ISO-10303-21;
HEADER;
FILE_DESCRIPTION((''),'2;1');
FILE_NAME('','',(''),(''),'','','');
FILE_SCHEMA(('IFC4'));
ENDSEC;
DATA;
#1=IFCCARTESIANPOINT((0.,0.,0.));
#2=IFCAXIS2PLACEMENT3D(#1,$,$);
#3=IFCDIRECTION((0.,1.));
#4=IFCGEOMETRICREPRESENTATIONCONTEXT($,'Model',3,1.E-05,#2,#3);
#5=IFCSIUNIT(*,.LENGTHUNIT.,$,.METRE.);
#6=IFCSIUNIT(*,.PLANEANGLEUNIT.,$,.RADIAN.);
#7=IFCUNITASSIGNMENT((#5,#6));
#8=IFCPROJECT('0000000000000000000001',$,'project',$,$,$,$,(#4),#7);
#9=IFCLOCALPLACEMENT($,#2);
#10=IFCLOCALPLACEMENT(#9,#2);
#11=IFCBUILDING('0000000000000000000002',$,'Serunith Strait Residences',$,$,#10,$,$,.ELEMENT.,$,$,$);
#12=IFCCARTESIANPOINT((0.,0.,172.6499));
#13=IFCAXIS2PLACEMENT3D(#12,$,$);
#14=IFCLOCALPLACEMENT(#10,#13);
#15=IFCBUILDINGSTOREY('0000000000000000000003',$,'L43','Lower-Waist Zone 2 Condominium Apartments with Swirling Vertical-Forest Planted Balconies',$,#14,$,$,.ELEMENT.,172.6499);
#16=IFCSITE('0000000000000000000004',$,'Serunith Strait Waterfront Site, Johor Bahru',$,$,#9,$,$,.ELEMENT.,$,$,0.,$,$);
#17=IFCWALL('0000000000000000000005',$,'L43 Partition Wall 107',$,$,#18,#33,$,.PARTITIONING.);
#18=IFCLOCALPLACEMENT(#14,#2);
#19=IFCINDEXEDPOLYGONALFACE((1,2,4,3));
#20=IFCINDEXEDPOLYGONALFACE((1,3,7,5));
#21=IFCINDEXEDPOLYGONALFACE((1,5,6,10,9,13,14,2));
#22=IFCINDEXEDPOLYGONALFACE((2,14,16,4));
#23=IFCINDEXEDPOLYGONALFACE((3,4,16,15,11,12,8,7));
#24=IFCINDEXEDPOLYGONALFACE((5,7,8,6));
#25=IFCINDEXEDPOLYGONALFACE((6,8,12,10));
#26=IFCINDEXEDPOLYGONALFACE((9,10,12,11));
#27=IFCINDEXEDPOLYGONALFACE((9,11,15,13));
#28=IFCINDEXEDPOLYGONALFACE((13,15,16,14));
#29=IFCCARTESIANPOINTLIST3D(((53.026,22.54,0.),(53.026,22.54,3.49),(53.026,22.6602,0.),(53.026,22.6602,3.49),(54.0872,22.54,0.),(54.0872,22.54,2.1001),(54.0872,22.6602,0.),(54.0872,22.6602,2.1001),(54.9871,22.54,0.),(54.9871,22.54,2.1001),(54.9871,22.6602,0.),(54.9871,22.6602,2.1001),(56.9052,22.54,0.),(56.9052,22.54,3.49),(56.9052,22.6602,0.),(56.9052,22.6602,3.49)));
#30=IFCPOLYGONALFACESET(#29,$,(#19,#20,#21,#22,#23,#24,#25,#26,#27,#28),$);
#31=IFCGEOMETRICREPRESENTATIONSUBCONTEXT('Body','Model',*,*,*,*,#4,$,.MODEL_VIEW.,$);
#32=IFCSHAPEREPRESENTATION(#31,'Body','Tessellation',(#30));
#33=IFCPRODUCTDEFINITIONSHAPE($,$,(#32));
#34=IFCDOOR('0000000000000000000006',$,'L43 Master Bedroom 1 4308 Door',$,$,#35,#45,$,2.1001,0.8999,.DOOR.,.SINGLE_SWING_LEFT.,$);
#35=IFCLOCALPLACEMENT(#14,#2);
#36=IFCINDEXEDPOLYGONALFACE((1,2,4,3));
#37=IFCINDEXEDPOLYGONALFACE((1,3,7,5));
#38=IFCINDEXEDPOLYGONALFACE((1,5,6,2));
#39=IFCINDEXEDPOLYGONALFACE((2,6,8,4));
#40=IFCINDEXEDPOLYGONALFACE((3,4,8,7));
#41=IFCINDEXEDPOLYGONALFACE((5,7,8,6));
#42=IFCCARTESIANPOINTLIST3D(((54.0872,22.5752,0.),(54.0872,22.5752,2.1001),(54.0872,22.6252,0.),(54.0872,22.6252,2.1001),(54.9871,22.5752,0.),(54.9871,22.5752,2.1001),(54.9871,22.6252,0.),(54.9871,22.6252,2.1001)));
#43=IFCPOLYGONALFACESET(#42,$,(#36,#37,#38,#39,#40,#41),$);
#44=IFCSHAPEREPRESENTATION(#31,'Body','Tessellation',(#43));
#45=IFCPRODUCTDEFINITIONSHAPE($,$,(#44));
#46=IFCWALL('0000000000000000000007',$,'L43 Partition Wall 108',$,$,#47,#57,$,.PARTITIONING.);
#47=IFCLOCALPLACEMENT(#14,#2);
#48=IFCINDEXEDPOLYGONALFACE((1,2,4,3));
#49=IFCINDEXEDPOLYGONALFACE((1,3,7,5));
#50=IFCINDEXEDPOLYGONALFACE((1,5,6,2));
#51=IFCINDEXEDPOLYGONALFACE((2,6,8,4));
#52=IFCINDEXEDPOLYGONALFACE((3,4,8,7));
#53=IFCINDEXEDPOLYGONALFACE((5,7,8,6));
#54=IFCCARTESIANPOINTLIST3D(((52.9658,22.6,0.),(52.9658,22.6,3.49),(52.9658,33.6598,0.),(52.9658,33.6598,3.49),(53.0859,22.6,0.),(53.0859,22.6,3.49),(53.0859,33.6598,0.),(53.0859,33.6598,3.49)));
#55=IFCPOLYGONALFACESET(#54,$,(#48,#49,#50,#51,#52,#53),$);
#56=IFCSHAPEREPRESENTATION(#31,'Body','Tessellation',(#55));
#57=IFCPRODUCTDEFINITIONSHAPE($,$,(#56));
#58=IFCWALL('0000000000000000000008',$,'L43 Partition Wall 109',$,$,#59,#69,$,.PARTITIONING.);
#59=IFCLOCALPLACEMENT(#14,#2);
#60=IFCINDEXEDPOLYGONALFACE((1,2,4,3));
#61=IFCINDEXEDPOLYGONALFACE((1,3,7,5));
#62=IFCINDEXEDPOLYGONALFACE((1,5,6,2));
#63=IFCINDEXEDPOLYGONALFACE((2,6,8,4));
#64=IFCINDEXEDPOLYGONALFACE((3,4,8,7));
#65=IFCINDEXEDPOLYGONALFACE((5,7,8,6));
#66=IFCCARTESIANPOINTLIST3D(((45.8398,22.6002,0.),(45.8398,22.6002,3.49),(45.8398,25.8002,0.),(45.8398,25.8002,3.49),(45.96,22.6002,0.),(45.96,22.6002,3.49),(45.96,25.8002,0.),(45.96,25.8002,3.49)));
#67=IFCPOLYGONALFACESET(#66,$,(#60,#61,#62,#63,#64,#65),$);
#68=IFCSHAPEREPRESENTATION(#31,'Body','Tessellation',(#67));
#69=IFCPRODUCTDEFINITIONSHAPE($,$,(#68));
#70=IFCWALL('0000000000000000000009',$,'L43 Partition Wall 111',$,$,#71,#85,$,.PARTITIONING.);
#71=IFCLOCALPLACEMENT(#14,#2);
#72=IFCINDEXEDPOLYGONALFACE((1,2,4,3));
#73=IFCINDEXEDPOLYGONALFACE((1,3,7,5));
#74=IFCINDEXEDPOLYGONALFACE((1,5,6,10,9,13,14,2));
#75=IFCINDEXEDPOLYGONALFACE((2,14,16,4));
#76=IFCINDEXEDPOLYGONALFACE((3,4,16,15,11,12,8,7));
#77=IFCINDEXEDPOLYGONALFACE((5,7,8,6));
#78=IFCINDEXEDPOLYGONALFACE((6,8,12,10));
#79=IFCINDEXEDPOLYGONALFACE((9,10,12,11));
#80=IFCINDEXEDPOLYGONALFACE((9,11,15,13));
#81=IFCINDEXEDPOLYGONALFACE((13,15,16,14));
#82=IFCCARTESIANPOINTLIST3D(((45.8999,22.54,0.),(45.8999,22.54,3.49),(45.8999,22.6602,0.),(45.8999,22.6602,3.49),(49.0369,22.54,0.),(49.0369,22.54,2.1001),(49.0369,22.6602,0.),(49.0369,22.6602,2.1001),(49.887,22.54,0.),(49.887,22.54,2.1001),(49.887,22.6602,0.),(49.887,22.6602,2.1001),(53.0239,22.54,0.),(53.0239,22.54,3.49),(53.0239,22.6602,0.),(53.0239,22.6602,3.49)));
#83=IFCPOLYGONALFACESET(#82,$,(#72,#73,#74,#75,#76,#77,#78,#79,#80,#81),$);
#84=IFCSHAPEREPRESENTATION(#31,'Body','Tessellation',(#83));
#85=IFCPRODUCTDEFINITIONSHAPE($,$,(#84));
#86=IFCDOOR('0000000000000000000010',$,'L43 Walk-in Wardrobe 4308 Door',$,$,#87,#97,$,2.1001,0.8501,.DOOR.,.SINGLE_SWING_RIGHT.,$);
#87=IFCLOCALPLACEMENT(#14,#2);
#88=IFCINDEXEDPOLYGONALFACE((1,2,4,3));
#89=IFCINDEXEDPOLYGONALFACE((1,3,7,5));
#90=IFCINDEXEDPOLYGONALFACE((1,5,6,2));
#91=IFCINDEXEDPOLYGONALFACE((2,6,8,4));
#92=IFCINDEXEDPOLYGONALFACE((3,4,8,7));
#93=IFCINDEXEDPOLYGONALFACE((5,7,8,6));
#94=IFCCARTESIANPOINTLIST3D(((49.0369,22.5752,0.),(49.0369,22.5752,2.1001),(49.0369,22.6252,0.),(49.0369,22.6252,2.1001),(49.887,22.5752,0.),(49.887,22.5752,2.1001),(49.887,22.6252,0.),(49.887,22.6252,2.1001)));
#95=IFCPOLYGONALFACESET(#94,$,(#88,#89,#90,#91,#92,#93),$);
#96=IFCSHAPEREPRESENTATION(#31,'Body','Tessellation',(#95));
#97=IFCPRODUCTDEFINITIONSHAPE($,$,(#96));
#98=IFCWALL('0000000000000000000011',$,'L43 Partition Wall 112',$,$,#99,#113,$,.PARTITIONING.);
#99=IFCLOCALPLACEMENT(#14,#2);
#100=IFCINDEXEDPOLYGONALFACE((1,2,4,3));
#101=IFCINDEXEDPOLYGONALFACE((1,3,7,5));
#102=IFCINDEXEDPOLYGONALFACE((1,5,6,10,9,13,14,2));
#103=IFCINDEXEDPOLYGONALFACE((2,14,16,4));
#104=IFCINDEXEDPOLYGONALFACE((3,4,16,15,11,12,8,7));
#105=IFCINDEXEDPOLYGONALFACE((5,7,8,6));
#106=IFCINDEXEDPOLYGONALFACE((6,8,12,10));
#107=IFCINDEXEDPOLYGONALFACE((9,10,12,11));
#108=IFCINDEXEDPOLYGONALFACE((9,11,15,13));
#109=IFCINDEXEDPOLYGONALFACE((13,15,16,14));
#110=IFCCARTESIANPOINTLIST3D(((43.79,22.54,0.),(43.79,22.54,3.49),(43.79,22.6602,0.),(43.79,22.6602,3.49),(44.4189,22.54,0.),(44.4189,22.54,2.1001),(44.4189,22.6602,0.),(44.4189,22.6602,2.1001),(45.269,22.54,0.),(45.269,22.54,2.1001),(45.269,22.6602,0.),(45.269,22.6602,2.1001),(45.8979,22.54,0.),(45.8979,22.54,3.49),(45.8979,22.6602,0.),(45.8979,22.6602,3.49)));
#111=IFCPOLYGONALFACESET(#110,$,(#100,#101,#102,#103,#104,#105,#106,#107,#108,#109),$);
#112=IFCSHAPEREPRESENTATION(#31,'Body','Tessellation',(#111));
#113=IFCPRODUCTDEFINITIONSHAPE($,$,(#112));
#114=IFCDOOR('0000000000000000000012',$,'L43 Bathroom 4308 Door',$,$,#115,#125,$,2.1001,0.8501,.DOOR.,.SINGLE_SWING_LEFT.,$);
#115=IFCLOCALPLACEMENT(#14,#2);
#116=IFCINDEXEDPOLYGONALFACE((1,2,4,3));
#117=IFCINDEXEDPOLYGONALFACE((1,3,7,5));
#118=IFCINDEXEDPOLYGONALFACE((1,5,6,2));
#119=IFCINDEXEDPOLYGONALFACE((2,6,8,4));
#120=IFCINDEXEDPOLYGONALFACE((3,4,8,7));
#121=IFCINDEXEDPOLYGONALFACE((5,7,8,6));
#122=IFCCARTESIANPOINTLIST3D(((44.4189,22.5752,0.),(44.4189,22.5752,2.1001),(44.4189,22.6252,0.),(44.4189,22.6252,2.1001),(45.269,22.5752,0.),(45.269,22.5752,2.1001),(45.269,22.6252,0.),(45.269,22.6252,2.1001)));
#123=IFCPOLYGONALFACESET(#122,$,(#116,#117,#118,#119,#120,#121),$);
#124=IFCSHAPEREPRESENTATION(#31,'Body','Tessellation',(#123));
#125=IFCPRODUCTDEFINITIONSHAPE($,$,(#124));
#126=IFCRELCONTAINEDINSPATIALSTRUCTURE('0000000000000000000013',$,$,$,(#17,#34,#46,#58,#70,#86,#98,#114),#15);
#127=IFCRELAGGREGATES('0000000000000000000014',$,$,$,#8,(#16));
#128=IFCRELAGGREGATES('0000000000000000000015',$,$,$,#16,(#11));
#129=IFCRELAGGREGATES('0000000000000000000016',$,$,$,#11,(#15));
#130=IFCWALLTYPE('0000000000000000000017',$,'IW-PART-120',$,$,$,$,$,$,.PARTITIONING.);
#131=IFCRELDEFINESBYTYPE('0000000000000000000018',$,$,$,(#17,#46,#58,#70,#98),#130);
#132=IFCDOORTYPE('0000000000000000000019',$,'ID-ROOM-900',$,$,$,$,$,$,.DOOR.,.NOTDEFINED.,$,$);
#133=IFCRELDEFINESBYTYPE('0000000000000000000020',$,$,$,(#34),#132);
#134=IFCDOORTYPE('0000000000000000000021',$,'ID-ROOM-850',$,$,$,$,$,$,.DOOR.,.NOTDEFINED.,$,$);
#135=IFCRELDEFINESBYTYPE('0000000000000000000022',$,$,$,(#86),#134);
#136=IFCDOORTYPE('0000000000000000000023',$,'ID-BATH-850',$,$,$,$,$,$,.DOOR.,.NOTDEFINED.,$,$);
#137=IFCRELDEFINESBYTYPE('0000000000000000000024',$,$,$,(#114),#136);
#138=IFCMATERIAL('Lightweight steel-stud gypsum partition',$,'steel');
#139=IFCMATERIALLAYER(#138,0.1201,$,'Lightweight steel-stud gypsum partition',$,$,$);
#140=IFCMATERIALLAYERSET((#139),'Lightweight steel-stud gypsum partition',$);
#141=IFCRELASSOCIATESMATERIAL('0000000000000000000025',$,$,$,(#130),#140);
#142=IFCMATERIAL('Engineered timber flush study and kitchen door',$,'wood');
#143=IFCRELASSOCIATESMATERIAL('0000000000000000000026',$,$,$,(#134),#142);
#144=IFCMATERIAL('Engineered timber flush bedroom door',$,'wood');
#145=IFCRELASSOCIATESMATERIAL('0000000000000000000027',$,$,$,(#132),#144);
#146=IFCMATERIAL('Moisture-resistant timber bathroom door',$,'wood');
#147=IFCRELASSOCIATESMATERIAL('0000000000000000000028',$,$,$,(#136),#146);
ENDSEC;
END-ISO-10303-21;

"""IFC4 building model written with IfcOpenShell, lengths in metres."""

from ifc_helpers import new_model, si_unit, direction, frame, frame_2d, origin, place, context, subcontext, project, spatial, rectangle, extrude, source, transform, mapped, material, layer, layer_set, type_object, element, fill, save


model = new_model("IFC4")

# Units and contexts
model_context = context("Model", 3, precision=1e-05, world=origin(), true_north=direction((0.0, 1.0)))
body_context = subcontext(model_context, "Body", "Model", "MODEL_VIEW")
ifc_project = project(units=[si_unit("LENGTHUNIT", "METRE"), si_unit("PLANEANGLEUNIT", "RADIAN")], contexts=[model_context])

# Site, building, storey
site_placement = place(None, origin())
site = spatial("IfcSite", under=ifc_project, at=site_placement, Name="Serunith Strait Waterfront Site, Johor Bahru", CompositionType="ELEMENT", RefElevation=0.0)
building_placement = place(site_placement, origin())
building = spatial("IfcBuilding", under=site, at=building_placement, Name="Serunith Strait Residences", CompositionType="ELEMENT")
storey_placement = place(building_placement, frame((0.0, 0.0, 172.6499)))
storey = spatial("IfcBuildingStorey", under=building, at=storey_placement, Name="L43", Description="Lower-Waist Zone 2 Condominium Apartments with Swirling Vertical-Forest Planted Balconies", CompositionType="ELEMENT", Elevation=172.6499)

# Shared definitions
ifc_material_1 = material(Name="Lightweight steel-stud gypsum partition", Category="steel")
ifc_layer_1 = layer(ifc_material_1, 0.1201, Name="Lightweight steel-stud gypsum partition")
ifc_layer_set_1 = layer_set([ifc_layer_1], Name="Lightweight steel-stud gypsum partition")
wall_type_1 = type_object("IfcWallType", Name="IW-PART-120", PredefinedType="PARTITIONING", material=ifc_layer_set_1)
ifc_material_2 = material(Name="Engineered timber flush study and kitchen door", Category="wood")
door_type_1 = type_object("IfcDoorType", Name="ID-ROOM-850", OperationType="NOTDEFINED", PredefinedType="DOOR", material=ifc_material_2)
shared_shape_1 = source(origin(), body_context, "Body", "SweptSolid", [
    extrude(rectangle(XDim=0.8501, YDim=2.1001, at=frame_2d((0.425, 1.05))), frame((0.0, 0.0249, 0.0), z_axis=(0.0, -1.0, 0.0), x_axis=(1.0, 0.0, 0.0)), (0.0, 0.0, 1.0), 0.05),
])
ifc_material_3 = material(Name="Engineered timber flush bedroom door", Category="wood")
door_type_2 = type_object("IfcDoorType", Name="ID-ROOM-900", OperationType="NOTDEFINED", PredefinedType="DOOR", material=ifc_material_3)
shared_shape_2 = source(origin(), body_context, "Body", "SweptSolid", [
    extrude(rectangle(XDim=0.8999, YDim=2.1001, at=frame_2d((0.45, 1.05))), frame((0.0, 0.0249, 0.0), z_axis=(0.0, -1.0, 0.0), x_axis=(1.0, 0.0, 0.0)), (0.0, 0.0, 1.0), 0.05),
])

# Wall, opening, door
wall_1_placement = place(storey_placement, frame((56.905, 22.6001, 0.0), z_axis=(0.0, 0.0, 1.0), x_axis=(-1.0, 0.0, 0.0)))
wall_1 = element("IfcWall", 1, at=wall_1_placement, inside=storey, type_object=wall_type_1, Name="L43 Partition Wall 107", PredefinedType="PARTITIONING", context=body_context, shape_type="SweptSolid", body=[
    extrude(rectangle(XDim=3.8792, YDim=0.1201, at=frame_2d((1.9395, 0.0))), origin(), (0.0, 0.0, 1.0), 3.49),
])
opening_1_placement = place(wall_1_placement, frame((1.918, 0.0, 0.0)))
opening_1 = element("IfcOpeningElement", 2, at=opening_1_placement, cuts=wall_1, PredefinedType="OPENING", context=body_context, shape_type="SweptSolid", body=[
    extrude(rectangle(XDim=0.8999, YDim=2.1001, at=frame_2d((0.45, 1.05))), frame((0.0, 0.0701, 0.0), z_axis=(0.0, -1.0, 0.0), x_axis=(1.0, 0.0, 0.0)), (0.0, 0.0, 1.0), 0.1401),
])
door_1_placement = place(opening_1_placement, origin())
door_1 = element("IfcDoor", 3, at=door_1_placement, inside=storey, type_object=door_type_2, Name="L43 Master Bedroom 1 4308 Door", OperationType="SINGLE_SWING_LEFT", OverallHeight=2.1001, OverallWidth=0.8999, PredefinedType="DOOR", context=body_context, shape_type="MappedRepresentation", body=[
    mapped(shared_shape_2, transform((0.0, 0.0, 0.0), scale=1.0)),
])
fill(opening_1, door_1)

# Walls
wall_2_placement = place(storey_placement, frame((53.0259, 22.6001, 0.0), z_axis=(0.0, 0.0, 1.0), x_axis=(0.0, 1.0, 0.0)))
element("IfcWall", 4, at=wall_2_placement, inside=storey, type_object=wall_type_1, Name="L43 Partition Wall 108", PredefinedType="PARTITIONING", context=body_context, shape_type="SweptSolid", body=[
    extrude(rectangle(XDim=11.0598, YDim=0.1201, at=frame_2d((5.5298, 0.0))), origin(), (0.0, 0.0, 1.0), 3.49),
])
wall_3_placement = place(storey_placement, frame((45.8999, 22.6001, 0.0), z_axis=(0.0, 0.0, 1.0), x_axis=(0.0, 1.0, 0.0)))
element("IfcWall", 5, at=wall_3_placement, inside=storey, type_object=wall_type_1, Name="L43 Partition Wall 109", PredefinedType="PARTITIONING", context=body_context, shape_type="SweptSolid", body=[
    extrude(rectangle(XDim=3.2, YDim=0.1201, at=frame_2d((1.6001, 0.0))), origin(), (0.0, 0.0, 1.0), 3.49),
])

# Walls, openings, doors
wall_4_placement = place(storey_placement, frame((53.0239, 22.6001, 0.0), z_axis=(0.0, 0.0, 1.0), x_axis=(-1.0, 0.0, 0.0)))
wall_4 = element("IfcWall", 6, at=wall_4_placement, inside=storey, type_object=wall_type_1, Name="L43 Partition Wall 111", PredefinedType="PARTITIONING", context=body_context, shape_type="SweptSolid", body=[
    extrude(rectangle(XDim=7.124, YDim=0.1201, at=frame_2d((3.562, 0.0))), origin(), (0.0, 0.0, 1.0), 3.49),
])
opening_2_placement = place(wall_4_placement, frame((3.137, 0.0, 0.0)))
opening_2 = element("IfcOpeningElement", 7, at=opening_2_placement, cuts=wall_4, PredefinedType="OPENING", context=body_context, shape_type="SweptSolid", body=[
    extrude(rectangle(XDim=0.8501, YDim=2.1001, at=frame_2d((0.425, 1.05))), frame((0.0, 0.0701, 0.0), z_axis=(0.0, -1.0, 0.0), x_axis=(1.0, 0.0, 0.0)), (0.0, 0.0, 1.0), 0.1401),
])
door_2_placement = place(opening_2_placement, origin())
door_2 = element("IfcDoor", 8, at=door_2_placement, inside=storey, type_object=door_type_1, Name="L43 Walk-in Wardrobe 4308 Door", OperationType="SINGLE_SWING_RIGHT", OverallHeight=2.1001, OverallWidth=0.8501, PredefinedType="DOOR", context=body_context, shape_type="MappedRepresentation", body=[
    mapped(shared_shape_1, transform((0.0, 0.0, 0.0), scale=1.0)),
])
fill(opening_2, door_2)
wall_5_placement = place(storey_placement, frame((45.8979, 22.6001, 0.0), z_axis=(0.0, 0.0, 1.0), x_axis=(-1.0, 0.0, 0.0)))
wall_5 = element("IfcWall", 9, at=wall_5_placement, inside=storey, type_object=wall_type_1, Name="L43 Partition Wall 112", PredefinedType="PARTITIONING", context=body_context, shape_type="SweptSolid", body=[
    extrude(rectangle(XDim=2.1079, YDim=0.1201, at=frame_2d((1.054, 0.0))), origin(), (0.0, 0.0, 1.0), 3.49),
])
opening_3_placement = place(wall_5_placement, frame((0.6289, 0.0, 0.0)))
opening_3 = element("IfcOpeningElement", 10, at=opening_3_placement, cuts=wall_5, PredefinedType="OPENING", context=body_context, shape_type="SweptSolid", body=[
    extrude(rectangle(XDim=0.8501, YDim=2.1001, at=frame_2d((0.425, 1.05))), frame((0.0, 0.0701, 0.0), z_axis=(0.0, -1.0, 0.0), x_axis=(1.0, 0.0, 0.0)), (0.0, 0.0, 1.0), 0.1401),
])
ifc_material_4 = material(Name="Moisture-resistant timber bathroom door", Category="wood")
door_type_3 = type_object("IfcDoorType", Name="ID-BATH-850", OperationType="NOTDEFINED", PredefinedType="DOOR", material=ifc_material_4)
door_3_placement = place(opening_3_placement, origin())
door_3 = element("IfcDoor", 11, at=door_3_placement, inside=storey, type_object=door_type_3, Name="L43 Bathroom 4308 Door", OperationType="SINGLE_SWING_LEFT", OverallHeight=2.1001, OverallWidth=0.8501, PredefinedType="DOOR", context=body_context, shape_type="MappedRepresentation", body=[
    mapped(shared_shape_1, transform((0.0, 0.0, 0.0), scale=1.0)),
])
fill(opening_3, door_3)

save(model, "model.ifc")
